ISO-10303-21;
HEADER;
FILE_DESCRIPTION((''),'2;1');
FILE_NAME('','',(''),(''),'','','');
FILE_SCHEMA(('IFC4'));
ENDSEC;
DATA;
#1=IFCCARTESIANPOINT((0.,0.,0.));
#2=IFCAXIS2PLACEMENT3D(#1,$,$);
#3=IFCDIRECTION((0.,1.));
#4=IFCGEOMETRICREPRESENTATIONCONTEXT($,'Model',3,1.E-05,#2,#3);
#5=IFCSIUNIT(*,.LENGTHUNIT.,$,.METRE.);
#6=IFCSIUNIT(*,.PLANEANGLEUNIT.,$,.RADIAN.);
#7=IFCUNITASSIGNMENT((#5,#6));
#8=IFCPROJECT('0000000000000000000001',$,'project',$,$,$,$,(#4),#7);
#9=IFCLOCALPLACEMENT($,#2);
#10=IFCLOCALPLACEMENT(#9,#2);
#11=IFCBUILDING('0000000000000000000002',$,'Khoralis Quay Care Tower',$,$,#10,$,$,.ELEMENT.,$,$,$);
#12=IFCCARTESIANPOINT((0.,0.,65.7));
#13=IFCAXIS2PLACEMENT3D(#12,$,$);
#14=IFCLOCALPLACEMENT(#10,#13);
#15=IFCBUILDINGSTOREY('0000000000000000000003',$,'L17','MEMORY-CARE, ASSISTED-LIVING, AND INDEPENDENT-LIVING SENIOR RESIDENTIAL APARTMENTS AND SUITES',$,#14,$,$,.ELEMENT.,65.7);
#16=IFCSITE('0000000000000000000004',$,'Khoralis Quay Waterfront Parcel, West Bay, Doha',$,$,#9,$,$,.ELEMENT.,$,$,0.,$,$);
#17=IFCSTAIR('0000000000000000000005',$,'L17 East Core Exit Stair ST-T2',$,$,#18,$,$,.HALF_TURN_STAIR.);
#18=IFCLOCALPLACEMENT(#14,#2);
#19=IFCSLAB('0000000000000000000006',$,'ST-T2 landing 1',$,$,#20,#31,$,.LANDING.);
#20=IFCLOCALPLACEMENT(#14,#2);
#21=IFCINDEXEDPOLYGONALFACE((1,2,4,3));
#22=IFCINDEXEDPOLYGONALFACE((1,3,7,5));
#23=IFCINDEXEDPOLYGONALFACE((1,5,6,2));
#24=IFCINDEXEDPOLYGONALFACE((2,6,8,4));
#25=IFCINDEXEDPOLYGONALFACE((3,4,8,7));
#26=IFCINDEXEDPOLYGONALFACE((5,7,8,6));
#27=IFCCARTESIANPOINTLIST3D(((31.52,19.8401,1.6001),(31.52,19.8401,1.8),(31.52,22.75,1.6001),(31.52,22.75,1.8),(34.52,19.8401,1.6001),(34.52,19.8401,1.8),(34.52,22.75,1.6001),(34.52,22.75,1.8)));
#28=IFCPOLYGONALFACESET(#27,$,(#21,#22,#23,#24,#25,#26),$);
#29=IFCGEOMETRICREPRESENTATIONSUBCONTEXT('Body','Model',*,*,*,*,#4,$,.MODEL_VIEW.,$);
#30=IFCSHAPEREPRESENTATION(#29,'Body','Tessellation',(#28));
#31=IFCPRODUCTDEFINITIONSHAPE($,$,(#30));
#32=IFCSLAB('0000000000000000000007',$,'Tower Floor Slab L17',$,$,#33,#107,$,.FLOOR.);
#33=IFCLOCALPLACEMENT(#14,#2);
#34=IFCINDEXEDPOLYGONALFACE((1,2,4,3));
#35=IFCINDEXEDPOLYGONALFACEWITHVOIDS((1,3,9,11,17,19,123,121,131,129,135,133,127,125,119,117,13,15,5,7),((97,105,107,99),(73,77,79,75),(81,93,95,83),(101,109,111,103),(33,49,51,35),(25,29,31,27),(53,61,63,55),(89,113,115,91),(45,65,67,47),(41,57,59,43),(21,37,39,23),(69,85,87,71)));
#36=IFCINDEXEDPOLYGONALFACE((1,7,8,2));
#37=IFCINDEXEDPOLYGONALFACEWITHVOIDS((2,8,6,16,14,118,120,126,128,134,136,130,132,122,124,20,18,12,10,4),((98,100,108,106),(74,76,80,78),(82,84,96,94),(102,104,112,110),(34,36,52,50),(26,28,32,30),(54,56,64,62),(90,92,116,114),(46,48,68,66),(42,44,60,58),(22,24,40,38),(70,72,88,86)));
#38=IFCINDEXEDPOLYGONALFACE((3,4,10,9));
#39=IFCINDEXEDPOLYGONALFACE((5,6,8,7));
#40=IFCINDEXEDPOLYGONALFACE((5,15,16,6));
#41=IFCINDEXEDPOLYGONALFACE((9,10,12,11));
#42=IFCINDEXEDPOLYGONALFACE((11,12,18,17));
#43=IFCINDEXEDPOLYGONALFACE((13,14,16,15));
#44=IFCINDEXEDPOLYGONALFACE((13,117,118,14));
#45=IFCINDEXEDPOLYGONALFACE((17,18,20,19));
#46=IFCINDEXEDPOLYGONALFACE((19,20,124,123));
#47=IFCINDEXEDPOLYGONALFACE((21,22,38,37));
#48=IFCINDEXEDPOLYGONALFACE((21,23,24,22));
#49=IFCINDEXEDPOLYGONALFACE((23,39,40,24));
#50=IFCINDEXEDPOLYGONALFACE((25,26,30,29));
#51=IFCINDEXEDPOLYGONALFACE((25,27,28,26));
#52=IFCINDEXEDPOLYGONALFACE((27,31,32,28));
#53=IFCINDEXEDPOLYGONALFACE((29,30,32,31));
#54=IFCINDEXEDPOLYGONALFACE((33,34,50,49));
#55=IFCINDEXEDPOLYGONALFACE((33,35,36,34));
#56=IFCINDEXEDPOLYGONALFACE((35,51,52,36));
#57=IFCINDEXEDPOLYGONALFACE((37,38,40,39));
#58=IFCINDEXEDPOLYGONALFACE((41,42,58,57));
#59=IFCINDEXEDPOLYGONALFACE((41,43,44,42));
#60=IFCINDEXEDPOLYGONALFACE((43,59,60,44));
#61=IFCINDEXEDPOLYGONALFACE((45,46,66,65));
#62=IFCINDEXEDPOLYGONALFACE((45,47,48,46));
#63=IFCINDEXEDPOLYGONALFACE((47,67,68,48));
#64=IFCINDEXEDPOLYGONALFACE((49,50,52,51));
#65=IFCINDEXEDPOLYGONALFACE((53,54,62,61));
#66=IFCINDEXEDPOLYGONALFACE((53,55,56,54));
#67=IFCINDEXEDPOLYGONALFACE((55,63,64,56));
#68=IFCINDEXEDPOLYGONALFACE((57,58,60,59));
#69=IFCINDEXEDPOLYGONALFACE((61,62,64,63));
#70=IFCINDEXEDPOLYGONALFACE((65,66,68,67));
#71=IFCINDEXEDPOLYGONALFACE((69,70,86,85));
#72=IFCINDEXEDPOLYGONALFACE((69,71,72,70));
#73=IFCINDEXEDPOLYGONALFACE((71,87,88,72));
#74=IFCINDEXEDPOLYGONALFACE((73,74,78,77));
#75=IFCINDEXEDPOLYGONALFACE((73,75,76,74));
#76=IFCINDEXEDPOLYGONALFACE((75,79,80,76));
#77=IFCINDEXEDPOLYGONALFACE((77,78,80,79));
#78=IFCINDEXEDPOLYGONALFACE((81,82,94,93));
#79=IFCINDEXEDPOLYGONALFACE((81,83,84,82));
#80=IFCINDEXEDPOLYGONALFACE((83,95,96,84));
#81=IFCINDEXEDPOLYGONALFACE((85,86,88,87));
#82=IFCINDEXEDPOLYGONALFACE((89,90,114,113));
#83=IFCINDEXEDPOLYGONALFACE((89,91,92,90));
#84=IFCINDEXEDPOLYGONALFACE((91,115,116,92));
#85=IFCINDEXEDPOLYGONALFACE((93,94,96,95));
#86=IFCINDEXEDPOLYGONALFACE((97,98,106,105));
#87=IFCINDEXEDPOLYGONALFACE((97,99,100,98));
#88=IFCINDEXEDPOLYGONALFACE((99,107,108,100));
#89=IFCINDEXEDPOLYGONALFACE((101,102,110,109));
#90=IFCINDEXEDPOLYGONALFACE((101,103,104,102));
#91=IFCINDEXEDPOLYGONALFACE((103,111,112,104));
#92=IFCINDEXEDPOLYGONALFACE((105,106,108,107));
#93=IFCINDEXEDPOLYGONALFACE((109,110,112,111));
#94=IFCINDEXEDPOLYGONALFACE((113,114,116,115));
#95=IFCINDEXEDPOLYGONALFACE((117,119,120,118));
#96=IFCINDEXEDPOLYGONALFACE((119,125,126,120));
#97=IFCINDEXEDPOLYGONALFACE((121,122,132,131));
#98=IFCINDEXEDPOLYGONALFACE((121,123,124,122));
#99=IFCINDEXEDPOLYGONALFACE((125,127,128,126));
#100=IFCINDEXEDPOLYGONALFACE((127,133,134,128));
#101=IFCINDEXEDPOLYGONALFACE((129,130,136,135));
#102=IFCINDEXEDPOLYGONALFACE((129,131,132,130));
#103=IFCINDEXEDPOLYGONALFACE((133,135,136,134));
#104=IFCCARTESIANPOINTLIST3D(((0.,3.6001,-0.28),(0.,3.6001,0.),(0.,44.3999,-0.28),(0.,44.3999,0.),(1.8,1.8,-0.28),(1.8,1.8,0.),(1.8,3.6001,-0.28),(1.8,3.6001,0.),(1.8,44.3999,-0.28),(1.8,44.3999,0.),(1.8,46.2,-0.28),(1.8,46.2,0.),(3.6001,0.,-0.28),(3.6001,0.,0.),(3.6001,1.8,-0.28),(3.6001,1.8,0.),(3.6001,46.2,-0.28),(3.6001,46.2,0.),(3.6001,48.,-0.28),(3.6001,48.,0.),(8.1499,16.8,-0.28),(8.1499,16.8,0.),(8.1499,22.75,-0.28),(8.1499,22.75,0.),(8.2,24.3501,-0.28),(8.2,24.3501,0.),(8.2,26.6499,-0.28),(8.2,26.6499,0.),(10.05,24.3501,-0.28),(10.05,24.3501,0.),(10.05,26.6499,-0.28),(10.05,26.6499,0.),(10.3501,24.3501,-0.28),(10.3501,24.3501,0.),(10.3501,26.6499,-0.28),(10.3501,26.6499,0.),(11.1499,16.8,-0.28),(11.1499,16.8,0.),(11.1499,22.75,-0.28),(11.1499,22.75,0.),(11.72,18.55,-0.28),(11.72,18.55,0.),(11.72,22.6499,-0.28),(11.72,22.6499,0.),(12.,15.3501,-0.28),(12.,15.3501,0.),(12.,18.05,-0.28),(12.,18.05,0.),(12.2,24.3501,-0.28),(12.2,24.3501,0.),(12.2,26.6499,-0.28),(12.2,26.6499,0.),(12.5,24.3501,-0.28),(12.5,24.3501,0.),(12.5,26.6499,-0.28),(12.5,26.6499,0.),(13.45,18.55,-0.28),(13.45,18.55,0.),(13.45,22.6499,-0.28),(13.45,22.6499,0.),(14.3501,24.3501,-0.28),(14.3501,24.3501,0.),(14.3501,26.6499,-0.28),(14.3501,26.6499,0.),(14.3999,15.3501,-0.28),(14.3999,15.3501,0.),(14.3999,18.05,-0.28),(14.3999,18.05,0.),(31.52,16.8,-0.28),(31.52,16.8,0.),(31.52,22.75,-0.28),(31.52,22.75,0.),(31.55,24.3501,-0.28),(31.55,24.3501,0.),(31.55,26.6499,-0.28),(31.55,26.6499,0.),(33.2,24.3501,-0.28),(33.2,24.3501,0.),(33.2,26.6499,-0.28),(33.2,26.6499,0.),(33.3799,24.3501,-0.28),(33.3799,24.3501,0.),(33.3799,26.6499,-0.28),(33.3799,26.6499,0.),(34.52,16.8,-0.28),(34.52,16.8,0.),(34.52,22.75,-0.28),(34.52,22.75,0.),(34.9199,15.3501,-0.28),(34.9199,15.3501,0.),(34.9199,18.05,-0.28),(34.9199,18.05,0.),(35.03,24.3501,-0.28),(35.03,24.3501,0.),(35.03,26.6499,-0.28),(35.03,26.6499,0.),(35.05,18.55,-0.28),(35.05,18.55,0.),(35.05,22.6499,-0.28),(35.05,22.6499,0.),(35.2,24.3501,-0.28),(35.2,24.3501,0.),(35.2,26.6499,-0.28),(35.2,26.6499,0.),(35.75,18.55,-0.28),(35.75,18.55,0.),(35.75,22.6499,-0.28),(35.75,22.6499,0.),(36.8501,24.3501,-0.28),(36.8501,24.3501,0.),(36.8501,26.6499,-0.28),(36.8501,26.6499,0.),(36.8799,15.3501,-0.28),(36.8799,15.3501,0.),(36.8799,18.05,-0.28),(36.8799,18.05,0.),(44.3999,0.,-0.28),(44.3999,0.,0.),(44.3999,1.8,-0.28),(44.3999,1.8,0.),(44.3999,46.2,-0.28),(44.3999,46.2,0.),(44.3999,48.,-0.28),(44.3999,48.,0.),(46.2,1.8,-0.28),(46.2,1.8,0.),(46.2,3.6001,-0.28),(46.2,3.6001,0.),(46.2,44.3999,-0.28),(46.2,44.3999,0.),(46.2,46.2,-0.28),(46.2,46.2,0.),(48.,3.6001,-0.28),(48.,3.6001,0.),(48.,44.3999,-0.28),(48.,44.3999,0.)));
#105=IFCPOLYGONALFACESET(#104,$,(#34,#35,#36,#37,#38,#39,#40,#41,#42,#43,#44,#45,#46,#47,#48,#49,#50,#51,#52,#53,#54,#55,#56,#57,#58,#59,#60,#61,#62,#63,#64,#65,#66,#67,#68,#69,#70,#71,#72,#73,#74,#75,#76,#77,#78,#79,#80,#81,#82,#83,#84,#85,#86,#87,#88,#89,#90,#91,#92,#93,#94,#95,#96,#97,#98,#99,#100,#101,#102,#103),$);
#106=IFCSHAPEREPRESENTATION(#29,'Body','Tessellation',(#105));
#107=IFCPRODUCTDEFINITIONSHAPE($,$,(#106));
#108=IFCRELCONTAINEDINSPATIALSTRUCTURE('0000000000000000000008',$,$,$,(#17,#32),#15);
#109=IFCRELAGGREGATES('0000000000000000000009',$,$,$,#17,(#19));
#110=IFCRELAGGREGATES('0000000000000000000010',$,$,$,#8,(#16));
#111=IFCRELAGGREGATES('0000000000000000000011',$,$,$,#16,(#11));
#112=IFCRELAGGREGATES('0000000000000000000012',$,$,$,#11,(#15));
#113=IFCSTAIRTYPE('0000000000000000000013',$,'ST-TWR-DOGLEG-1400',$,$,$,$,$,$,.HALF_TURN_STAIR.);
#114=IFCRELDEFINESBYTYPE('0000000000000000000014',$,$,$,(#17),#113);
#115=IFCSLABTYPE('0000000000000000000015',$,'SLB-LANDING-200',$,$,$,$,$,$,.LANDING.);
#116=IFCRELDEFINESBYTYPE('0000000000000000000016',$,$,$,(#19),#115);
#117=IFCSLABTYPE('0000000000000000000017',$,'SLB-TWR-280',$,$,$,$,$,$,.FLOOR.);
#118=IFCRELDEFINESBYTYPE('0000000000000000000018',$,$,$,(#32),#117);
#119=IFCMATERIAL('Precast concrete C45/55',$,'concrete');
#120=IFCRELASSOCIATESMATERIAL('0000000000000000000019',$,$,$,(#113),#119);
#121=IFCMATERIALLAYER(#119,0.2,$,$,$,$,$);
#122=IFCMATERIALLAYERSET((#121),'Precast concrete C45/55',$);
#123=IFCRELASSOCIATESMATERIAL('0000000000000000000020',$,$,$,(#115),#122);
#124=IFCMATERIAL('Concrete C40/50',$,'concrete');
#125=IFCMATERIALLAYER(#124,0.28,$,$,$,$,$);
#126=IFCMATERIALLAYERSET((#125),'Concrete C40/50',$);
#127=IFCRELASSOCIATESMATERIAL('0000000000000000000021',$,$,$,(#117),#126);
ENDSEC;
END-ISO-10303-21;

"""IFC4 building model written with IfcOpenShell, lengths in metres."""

from ifc_helpers import new_model, si_unit, direction, frame, origin, place, context, subcontext, project, spatial, polyline, outline, extrude, material, layer, layer_set, type_object, element, aggregate, save


model = new_model("IFC4")

# Units and contexts
model_context = context("Model", 3, precision=1e-05, world=origin(), true_north=direction((0.0, 1.0)))
body_context = subcontext(model_context, "Body", "Model", "MODEL_VIEW")
ifc_project = project(units=[si_unit("LENGTHUNIT", "METRE"), si_unit("PLANEANGLEUNIT", "RADIAN")], contexts=[model_context])

# Site, building, storey
site_placement = place(None, origin())
site = spatial("IfcSite", under=ifc_project, at=site_placement, Name="Khoralis Quay Waterfront Parcel, West Bay, Doha", CompositionType="ELEMENT", RefElevation=0.0)
building_placement = place(site_placement, origin())
building = spatial("IfcBuilding", under=site, at=building_placement, Name="Khoralis Quay Care Tower", CompositionType="ELEMENT")
storey_placement = place(building_placement, frame((0.0, 0.0, 65.7)))
storey = spatial("IfcBuildingStorey", under=building, at=storey_placement, Name="L17", Description="MEMORY-CARE, ASSISTED-LIVING, AND INDEPENDENT-LIVING SENIOR RESIDENTIAL APARTMENTS AND SUITES", CompositionType="ELEMENT", Elevation=65.7)

# Stair, slab
ifc_material_1 = material(Name="Precast concrete C45/55", Category="concrete")
stair_type = type_object("IfcStairType", Name="ST-TWR-DOGLEG-1400", PredefinedType="HALF_TURN_STAIR", material=ifc_material_1)
ifc_layer_1 = layer(ifc_material_1, 0.2)
ifc_layer_set_1 = layer_set([ifc_layer_1], Name="Precast concrete C45/55")
slab_type_1 = type_object("IfcSlabType", Name="SLB-LANDING-200", PredefinedType="LANDING", material=ifc_layer_set_1)
stair_1_placement = place(storey_placement, origin())
stair_1 = element("IfcStair", 1, at=stair_1_placement, inside=storey, type_object=stair_type, Name="L17 East Core Exit Stair ST-T2", PredefinedType="HALF_TURN_STAIR")
slab_1_placement = place(storey_placement, frame((0.0, 0.0, 1.6001)))
slab_1 = element("IfcSlab", 2, at=slab_1_placement, type_object=slab_type_1, Name="ST-T2 landing 1", PredefinedType="LANDING", context=body_context, shape_type="SweptSolid", body=[
    extrude(outline(polyline([(34.52, 19.8401), (34.52, 22.75), (31.52, 22.75), (31.52, 19.8401), (34.52, 19.8401)])), origin(), (0.0, 0.0, 1.0), 0.2),
])
aggregate(stair_1, [slab_1])

# Slab
ifc_material_2 = material(Name="Concrete C40/50", Category="concrete")
ifc_layer_2 = layer(ifc_material_2, 0.28)
ifc_layer_set_2 = layer_set([ifc_layer_2], Name="Concrete C40/50")
slab_type_2 = type_object("IfcSlabType", Name="SLB-TWR-280", PredefinedType="FLOOR", material=ifc_layer_set_2)
slab_2_placement = place(storey_placement, frame((0.0, 0.0, -0.28)))
element("IfcSlab", 3, at=slab_2_placement, inside=storey, type_object=slab_type_2, Name="Tower Floor Slab L17", PredefinedType="FLOOR", context=body_context, shape_type="SweptSolid", body=[
    extrude(outline(polyline([(3.6001, 0.0), (44.3999, 0.0), (44.3999, 1.8), (46.2, 1.8), (46.2, 3.6001), (48.0, 3.6001), (48.0, 44.3999), (46.2, 44.3999), (46.2, 46.2), (44.3999, 46.2), (44.3999, 48.0), (3.6001, 48.0), (3.6001, 46.2), (1.8, 46.2), (1.8, 44.3999), (0.0, 44.3999), (0.0, 3.6001), (1.8, 3.6001), (1.8, 1.8), (3.6001, 1.8), (3.6001, 0.0)]), holes=[polyline([(11.1499, 16.8), (11.1499, 22.75), (8.1499, 22.75), (8.1499, 16.8), (11.1499, 16.8)]), polyline([(34.52, 16.8), (34.52, 22.75), (31.52, 22.75), (31.52, 16.8), (34.52, 16.8)]), polyline([(12.0, 15.3501), (14.3999, 15.3501), (14.3999, 18.05), (12.0, 18.05), (12.0, 15.3501)]), polyline([(34.9199, 15.3501), (36.8799, 15.3501), (36.8799, 18.05), (34.9199, 18.05), (34.9199, 15.3501)]), polyline([(8.2, 24.3501), (10.05, 24.3501), (10.05, 26.6499), (8.2, 26.6499), (8.2, 24.3501)]), polyline([(31.55, 24.3501), (33.2, 24.3501), (33.2, 26.6499), (31.55, 26.6499), (31.55, 24.3501)]), polyline([(10.3501, 24.3501), (12.2, 24.3501), (12.2, 26.6499), (10.3501, 26.6499), (10.3501, 24.3501)]), polyline([(33.3799, 24.3501), (35.03, 24.3501), (35.03, 26.6499), (33.3799, 26.6499), (33.3799, 24.3501)]), polyline([(12.5, 24.3501), (14.3501, 24.3501), (14.3501, 26.6499), (12.5, 26.6499), (12.5, 24.3501)]), polyline([(35.2, 24.3501), (36.8501, 24.3501), (36.8501, 26.6499), (35.2, 26.6499), (35.2, 24.3501)]), polyline([(11.72, 18.55), (13.45, 18.55), (13.45, 22.6499), (11.72, 22.6499), (11.72, 18.55)]), polyline([(35.05, 18.55), (35.75, 18.55), (35.75, 22.6499), (35.05, 22.6499), (35.05, 18.55)])]), origin(), (0.0, 0.0, 1.0), 0.28),
])

save(model, "model.ifc")
